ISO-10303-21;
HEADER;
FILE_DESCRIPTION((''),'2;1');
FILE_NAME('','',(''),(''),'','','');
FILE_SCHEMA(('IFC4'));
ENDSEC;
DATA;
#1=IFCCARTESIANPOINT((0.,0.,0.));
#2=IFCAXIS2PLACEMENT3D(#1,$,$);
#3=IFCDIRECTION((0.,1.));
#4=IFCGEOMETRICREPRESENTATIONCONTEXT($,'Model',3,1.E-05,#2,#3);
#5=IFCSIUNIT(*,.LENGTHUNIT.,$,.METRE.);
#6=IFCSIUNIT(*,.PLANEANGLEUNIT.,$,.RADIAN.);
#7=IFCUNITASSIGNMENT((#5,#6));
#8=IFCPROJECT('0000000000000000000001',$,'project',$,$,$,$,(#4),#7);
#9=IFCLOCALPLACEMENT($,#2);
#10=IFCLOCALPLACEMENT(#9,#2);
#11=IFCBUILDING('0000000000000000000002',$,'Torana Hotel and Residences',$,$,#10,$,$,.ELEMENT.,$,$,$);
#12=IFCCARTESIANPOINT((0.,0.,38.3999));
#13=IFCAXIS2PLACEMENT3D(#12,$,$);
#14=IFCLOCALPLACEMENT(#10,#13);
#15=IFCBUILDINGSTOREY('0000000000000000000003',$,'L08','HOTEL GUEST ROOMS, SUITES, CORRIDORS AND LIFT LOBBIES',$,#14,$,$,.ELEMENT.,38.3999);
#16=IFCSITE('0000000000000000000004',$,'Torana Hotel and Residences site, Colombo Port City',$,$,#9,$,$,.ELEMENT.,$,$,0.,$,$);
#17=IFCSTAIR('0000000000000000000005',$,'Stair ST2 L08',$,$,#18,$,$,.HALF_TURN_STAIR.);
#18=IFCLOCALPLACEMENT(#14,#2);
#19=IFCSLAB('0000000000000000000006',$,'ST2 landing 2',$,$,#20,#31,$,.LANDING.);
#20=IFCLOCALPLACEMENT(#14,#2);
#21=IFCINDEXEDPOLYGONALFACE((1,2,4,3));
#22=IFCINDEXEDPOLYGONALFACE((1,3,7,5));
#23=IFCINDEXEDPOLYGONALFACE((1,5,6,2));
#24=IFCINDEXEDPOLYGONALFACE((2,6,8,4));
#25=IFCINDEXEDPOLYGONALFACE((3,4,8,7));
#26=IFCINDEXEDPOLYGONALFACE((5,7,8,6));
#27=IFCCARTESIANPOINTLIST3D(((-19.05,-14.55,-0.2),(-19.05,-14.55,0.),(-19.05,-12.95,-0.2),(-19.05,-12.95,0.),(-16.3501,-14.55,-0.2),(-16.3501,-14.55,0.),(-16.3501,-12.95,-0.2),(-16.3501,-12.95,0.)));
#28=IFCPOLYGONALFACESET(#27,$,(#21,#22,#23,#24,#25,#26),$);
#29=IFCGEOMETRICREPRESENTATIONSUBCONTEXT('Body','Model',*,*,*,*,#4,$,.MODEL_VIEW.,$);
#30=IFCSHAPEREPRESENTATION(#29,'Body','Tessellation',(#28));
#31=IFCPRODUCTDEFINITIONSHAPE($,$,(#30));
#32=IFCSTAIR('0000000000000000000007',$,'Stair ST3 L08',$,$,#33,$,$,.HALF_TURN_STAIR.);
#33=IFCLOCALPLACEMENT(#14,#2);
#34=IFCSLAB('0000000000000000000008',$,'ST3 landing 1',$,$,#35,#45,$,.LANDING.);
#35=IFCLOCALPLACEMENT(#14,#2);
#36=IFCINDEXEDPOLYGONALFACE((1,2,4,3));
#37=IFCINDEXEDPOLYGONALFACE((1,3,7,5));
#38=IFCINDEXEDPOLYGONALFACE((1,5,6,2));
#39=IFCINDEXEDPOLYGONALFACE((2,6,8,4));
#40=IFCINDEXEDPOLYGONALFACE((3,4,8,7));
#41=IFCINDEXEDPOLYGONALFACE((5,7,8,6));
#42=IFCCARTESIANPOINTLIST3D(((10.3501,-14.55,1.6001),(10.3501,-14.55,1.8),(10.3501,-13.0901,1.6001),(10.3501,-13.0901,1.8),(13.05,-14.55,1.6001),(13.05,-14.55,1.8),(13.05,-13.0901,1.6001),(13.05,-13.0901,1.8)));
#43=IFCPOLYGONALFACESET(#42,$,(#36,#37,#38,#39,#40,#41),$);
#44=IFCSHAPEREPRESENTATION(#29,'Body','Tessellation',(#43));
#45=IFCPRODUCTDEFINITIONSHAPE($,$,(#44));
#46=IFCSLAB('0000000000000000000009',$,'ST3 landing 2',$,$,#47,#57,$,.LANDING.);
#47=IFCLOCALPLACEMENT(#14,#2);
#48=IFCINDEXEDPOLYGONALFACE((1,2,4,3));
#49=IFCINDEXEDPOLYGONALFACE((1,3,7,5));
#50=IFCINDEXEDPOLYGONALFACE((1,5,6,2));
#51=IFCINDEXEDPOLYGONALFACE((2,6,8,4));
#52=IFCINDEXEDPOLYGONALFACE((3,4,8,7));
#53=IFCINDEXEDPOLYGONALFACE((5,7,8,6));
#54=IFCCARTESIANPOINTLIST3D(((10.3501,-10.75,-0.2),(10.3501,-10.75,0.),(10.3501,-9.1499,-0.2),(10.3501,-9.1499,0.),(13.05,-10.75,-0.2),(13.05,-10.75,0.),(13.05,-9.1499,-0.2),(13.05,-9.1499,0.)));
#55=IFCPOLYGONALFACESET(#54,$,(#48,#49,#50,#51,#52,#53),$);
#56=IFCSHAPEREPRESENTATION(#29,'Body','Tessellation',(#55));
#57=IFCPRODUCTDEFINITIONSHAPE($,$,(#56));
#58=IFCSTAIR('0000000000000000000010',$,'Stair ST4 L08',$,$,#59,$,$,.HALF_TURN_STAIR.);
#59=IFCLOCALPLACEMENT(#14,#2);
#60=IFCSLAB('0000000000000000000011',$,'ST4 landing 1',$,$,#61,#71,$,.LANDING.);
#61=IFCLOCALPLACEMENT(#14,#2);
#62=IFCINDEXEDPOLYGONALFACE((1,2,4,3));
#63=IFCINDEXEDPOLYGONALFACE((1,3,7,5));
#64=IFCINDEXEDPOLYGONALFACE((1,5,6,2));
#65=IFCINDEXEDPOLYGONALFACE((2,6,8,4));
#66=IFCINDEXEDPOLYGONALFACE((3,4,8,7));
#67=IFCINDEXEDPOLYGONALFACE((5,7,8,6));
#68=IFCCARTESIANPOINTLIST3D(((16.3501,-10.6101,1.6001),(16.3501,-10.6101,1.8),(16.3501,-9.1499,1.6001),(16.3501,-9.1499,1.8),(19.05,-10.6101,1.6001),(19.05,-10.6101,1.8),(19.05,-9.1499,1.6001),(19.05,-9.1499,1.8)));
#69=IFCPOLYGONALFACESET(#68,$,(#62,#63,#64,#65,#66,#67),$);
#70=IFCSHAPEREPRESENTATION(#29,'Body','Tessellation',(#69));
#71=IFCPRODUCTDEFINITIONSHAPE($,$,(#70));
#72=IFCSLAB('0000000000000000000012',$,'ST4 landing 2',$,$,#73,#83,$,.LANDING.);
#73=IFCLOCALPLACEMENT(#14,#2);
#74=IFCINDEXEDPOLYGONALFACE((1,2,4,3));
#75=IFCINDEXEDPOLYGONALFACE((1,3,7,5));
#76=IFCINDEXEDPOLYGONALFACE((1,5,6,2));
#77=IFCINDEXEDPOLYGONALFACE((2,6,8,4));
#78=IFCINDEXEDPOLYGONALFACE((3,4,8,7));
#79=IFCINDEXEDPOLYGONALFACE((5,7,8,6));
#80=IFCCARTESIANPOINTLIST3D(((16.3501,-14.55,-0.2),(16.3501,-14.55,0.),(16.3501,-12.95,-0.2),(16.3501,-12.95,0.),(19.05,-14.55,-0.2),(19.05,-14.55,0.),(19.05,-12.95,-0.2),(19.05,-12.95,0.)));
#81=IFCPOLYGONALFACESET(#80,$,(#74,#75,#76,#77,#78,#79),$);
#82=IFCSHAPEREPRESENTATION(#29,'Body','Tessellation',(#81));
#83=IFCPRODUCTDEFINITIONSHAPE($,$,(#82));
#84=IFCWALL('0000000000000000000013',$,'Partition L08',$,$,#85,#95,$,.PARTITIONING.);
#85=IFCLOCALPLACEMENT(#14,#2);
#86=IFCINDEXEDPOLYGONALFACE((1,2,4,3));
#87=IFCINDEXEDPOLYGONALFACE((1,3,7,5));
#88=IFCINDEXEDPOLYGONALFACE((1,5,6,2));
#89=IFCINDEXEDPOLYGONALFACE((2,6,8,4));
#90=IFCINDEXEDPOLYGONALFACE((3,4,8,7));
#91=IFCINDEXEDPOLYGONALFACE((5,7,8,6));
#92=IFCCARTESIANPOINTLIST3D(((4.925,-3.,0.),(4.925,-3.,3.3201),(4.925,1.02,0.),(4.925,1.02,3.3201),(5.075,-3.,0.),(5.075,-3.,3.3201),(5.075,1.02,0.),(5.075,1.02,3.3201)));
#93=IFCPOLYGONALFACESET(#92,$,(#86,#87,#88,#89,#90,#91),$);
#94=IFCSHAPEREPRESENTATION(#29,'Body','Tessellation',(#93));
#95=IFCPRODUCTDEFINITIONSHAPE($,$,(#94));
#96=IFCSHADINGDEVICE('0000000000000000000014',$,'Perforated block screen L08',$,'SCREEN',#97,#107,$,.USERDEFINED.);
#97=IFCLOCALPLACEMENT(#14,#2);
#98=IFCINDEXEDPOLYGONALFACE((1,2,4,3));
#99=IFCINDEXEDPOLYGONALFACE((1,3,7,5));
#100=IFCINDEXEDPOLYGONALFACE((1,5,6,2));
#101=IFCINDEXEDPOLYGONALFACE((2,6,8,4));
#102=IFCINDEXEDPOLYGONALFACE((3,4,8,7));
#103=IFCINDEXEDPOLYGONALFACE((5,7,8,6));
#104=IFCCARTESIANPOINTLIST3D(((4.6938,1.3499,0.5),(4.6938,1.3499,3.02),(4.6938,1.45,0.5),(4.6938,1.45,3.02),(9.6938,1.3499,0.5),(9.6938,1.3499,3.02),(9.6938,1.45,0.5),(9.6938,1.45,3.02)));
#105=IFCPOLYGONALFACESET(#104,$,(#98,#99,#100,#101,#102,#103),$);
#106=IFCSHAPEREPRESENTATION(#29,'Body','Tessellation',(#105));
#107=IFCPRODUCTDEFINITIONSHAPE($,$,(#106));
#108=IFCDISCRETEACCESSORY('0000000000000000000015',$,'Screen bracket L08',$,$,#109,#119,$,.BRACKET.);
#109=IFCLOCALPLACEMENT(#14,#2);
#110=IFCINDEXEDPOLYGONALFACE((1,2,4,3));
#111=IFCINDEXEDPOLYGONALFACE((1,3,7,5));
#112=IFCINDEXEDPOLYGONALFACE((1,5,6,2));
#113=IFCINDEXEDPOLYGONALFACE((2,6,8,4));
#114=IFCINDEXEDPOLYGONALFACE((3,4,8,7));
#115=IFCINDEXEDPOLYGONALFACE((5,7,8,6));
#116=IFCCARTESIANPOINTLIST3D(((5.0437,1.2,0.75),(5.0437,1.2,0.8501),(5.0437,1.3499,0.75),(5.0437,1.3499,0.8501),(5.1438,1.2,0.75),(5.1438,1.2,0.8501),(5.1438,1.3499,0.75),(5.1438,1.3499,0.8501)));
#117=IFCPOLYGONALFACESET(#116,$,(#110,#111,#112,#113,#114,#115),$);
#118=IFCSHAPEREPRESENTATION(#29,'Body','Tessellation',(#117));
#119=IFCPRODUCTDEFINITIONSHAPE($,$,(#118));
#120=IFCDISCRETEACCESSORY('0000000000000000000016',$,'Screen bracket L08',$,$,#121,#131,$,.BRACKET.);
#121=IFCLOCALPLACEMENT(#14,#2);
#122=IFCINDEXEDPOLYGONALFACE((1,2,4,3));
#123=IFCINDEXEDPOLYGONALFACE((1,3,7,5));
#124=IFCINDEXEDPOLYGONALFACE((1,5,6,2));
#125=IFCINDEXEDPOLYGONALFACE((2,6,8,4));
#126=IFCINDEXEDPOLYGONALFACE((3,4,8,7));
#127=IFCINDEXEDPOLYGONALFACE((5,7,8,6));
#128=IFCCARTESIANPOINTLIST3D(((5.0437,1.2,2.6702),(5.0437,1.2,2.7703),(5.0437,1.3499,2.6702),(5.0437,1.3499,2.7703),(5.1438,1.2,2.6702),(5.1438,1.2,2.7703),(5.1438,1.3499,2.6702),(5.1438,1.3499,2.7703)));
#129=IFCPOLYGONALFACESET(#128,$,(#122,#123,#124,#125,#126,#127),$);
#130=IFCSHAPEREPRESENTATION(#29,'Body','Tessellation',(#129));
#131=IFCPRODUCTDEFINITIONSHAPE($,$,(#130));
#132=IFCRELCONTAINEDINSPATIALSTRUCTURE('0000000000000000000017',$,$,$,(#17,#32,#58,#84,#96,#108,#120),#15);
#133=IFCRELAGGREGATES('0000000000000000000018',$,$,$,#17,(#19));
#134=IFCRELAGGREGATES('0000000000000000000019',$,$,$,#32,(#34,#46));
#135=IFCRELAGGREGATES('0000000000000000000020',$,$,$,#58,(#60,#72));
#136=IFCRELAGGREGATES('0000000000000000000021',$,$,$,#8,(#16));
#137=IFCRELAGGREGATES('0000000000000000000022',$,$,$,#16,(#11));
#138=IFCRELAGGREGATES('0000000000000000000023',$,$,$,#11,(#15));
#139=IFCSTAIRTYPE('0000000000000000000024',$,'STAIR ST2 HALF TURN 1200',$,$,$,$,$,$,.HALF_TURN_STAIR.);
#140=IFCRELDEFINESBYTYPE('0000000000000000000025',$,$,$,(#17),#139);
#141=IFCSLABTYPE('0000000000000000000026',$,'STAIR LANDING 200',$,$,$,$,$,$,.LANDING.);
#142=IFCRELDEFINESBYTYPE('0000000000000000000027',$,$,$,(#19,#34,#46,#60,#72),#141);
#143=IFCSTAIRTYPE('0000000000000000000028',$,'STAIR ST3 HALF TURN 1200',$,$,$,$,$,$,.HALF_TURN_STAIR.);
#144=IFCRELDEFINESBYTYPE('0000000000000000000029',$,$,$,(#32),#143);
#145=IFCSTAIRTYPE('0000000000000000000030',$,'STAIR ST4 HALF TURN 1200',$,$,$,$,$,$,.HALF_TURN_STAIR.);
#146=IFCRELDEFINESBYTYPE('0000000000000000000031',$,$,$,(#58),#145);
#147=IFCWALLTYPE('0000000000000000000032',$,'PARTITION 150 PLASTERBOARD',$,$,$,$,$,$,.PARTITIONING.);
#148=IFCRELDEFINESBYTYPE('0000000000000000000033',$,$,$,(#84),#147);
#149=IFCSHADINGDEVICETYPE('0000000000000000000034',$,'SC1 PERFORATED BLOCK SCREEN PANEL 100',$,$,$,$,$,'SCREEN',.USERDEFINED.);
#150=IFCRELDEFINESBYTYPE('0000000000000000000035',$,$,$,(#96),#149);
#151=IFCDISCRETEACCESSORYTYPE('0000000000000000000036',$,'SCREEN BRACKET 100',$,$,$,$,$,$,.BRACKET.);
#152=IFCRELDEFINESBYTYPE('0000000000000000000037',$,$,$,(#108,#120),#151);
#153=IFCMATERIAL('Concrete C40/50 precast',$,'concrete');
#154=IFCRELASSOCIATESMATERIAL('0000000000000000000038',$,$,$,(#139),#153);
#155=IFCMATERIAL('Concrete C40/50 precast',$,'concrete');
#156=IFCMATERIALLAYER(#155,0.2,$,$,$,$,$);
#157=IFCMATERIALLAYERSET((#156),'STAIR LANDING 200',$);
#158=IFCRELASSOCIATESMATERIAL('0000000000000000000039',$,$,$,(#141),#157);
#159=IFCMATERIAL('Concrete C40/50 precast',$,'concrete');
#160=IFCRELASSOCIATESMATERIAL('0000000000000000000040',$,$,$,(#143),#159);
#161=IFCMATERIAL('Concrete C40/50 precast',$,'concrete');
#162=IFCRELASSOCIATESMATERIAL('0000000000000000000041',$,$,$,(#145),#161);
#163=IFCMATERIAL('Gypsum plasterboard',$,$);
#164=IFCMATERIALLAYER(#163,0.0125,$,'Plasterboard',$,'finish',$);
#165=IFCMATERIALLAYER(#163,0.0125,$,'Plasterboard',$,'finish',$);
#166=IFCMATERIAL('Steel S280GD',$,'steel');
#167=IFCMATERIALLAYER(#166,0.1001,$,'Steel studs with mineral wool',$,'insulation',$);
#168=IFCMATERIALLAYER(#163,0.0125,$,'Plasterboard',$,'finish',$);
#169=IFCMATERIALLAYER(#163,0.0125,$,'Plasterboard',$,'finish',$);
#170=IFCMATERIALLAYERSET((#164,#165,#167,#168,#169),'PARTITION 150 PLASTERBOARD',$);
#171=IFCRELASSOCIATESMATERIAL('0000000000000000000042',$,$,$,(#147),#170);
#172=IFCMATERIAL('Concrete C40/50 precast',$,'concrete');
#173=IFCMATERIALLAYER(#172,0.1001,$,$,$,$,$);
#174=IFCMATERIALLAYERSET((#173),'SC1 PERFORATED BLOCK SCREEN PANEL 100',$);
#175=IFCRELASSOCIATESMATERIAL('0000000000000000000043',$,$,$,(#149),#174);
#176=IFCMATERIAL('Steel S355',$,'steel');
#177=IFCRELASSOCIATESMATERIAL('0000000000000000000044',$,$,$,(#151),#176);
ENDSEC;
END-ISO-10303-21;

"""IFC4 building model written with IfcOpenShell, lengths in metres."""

from ifc_helpers import new_model, si_unit, direction, frame, frame_2d, origin, origin_2d, place, context, subcontext, project, spatial, polyline, rectangle, outline, extrude, material, layer, layer_set, type_object, element, aggregate, save


model = new_model("IFC4")

# Units and contexts
model_context = context("Model", 3, precision=1e-05, world=origin(), true_north=direction((0.0, 1.0)))
body_context = subcontext(model_context, "Body", "Model", "MODEL_VIEW")
ifc_project = project(units=[si_unit("LENGTHUNIT", "METRE"), si_unit("PLANEANGLEUNIT", "RADIAN")], contexts=[model_context])

# Site, building, storey
site_placement = place(None, origin())
site = spatial("IfcSite", under=ifc_project, at=site_placement, Name="Torana Hotel and Residences site, Colombo Port City", CompositionType="ELEMENT", RefElevation=0.0)
building_placement = place(site_placement, origin())
building = spatial("IfcBuilding", under=site, at=building_placement, Name="Torana Hotel and Residences", CompositionType="ELEMENT")
storey_placement = place(building_placement, frame((0.0, 0.0, 38.3999)))
storey = spatial("IfcBuildingStorey", under=building, at=storey_placement, Name="L08", Description="HOTEL GUEST ROOMS, SUITES, CORRIDORS AND LIFT LOBBIES", CompositionType="ELEMENT", Elevation=38.3999)

# Stair, slab
ifc_material_1 = material(Name="Concrete C40/50 precast", Category="concrete")
stair_type_1 = type_object("IfcStairType", Name="STAIR ST2 HALF TURN 1200", PredefinedType="HALF_TURN_STAIR", material=ifc_material_1)
stair_1_placement = place(storey_placement, origin())
stair_1 = element("IfcStair", 1, at=stair_1_placement, inside=storey, type_object=stair_type_1, Name="Stair ST2 L08", PredefinedType="HALF_TURN_STAIR")
ifc_material_2 = material(Name="Concrete C40/50 precast", Category="concrete")
ifc_layer_1 = layer(ifc_material_2, 0.2)
ifc_layer_set_1 = layer_set([ifc_layer_1], Name="STAIR LANDING 200")
slab_type = type_object("IfcSlabType", Name="STAIR LANDING 200", PredefinedType="LANDING", material=ifc_layer_set_1)
slab_1_placement = place(storey_placement, frame((0.0, 0.0, -0.2)))
slab_1 = element("IfcSlab", 2, at=slab_1_placement, type_object=slab_type, Name="ST2 landing 2", PredefinedType="LANDING", context=body_context, shape_type="SweptSolid", body=[
    extrude(outline(polyline([(-19.05, -14.55), (-16.3501, -14.55), (-16.3501, -12.95), (-19.05, -12.95), (-19.05, -14.55)])), origin(), (0.0, 0.0, 1.0), 0.2),
])
aggregate(stair_1, [slab_1])

# Stairs, slabs
ifc_material_3 = material(Name="Concrete C40/50 precast", Category="concrete")
stair_type_2 = type_object("IfcStairType", Name="STAIR ST3 HALF TURN 1200", PredefinedType="HALF_TURN_STAIR", material=ifc_material_3)
stair_2_placement = place(storey_placement, origin())
stair_2 = element("IfcStair", 3, at=stair_2_placement, inside=storey, type_object=stair_type_2, Name="Stair ST3 L08", PredefinedType="HALF_TURN_STAIR")
slab_2_placement = place(storey_placement, frame((0.0, 0.0, 1.6001)))
slab_2 = element("IfcSlab", 4, at=slab_2_placement, type_object=slab_type, Name="ST3 landing 1", PredefinedType="LANDING", context=body_context, shape_type="SweptSolid", body=[
    extrude(outline(polyline([(10.3501, -14.55), (13.05, -14.55), (13.05, -13.0901), (10.3501, -13.0901), (10.3501, -14.55)])), origin(), (0.0, 0.0, 1.0), 0.2),
])
slab_3_placement = place(storey_placement, frame((0.0, 0.0, -0.2)))
slab_3 = element("IfcSlab", 5, at=slab_3_placement, type_object=slab_type, Name="ST3 landing 2", PredefinedType="LANDING", context=body_context, shape_type="SweptSolid", body=[
    extrude(outline(polyline([(10.3501, -10.75), (13.05, -10.75), (13.05, -9.1499), (10.3501, -9.1499), (10.3501, -10.75)])), origin(), (0.0, 0.0, 1.0), 0.2),
])
aggregate(stair_2, [slab_2, slab_3])
ifc_material_4 = material(Name="Concrete C40/50 precast", Category="concrete")
stair_type_3 = type_object("IfcStairType", Name="STAIR ST4 HALF TURN 1200", PredefinedType="HALF_TURN_STAIR", material=ifc_material_4)
stair_3_placement = place(storey_placement, origin())
stair_3 = element("IfcStair", 6, at=stair_3_placement, inside=storey, type_object=stair_type_3, Name="Stair ST4 L08", PredefinedType="HALF_TURN_STAIR")
slab_4_placement = place(storey_placement, frame((0.0, 0.0, 1.6001)))
slab_4 = element("IfcSlab", 7, at=slab_4_placement, type_object=slab_type, Name="ST4 landing 1", PredefinedType="LANDING", context=body_context, shape_type="SweptSolid", body=[
    extrude(outline(polyline([(16.3501, -10.6101), (19.05, -10.6101), (19.05, -9.1499), (16.3501, -9.1499), (16.3501, -10.6101)])), origin(), (0.0, 0.0, 1.0), 0.2),
])
slab_5_placement = place(storey_placement, frame((0.0, 0.0, -0.2)))
slab_5 = element("IfcSlab", 8, at=slab_5_placement, type_object=slab_type, Name="ST4 landing 2", PredefinedType="LANDING", context=body_context, shape_type="SweptSolid", body=[
    extrude(outline(polyline([(16.3501, -14.55), (19.05, -14.55), (19.05, -12.95), (16.3501, -12.95), (16.3501, -14.55)])), origin(), (0.0, 0.0, 1.0), 0.2),
])
aggregate(stair_3, [slab_4, slab_5])

# Wall
ifc_material_5 = material(Name="Gypsum plasterboard")
ifc_layer_2 = layer(ifc_material_5, 0.0125, Name="Plasterboard", Category="finish")
ifc_layer_3 = layer(ifc_material_5, 0.0125, Name="Plasterboard", Category="finish")
ifc_material_6 = material(Name="Steel S280GD", Category="steel")
ifc_layer_4 = layer(ifc_material_6, 0.1001, Name="Steel studs with mineral wool", Category="insulation")
ifc_layer_5 = layer(ifc_material_5, 0.0125, Name="Plasterboard", Category="finish")
ifc_layer_6 = layer(ifc_material_5, 0.0125, Name="Plasterboard", Category="finish")
ifc_layer_set_2 = layer_set([ifc_layer_2, ifc_layer_3, ifc_layer_4, ifc_layer_5, ifc_layer_6], Name="PARTITION 150 PLASTERBOARD")
wall_type = type_object("IfcWallType", Name="PARTITION 150 PLASTERBOARD", PredefinedType="PARTITIONING", material=ifc_layer_set_2)
wall_placement = place(storey_placement, frame((5.0, -3.0, 0.0), z_axis=(0.0, 0.0, 1.0), x_axis=(0.0, 1.0, 0.0)))
element("IfcWall", 9, at=wall_placement, inside=storey, type_object=wall_type, Name="Partition L08", PredefinedType="PARTITIONING", context=body_context, shape_type="SweptSolid", body=[
    extrude(rectangle(XDim=4.02, YDim=0.1499, at=frame_2d((2.01, 0.0))), origin(), (0.0, 0.0, 1.0), 3.3201),
])

# Shading device
ifc_material_7 = material(Name="Concrete C40/50 precast", Category="concrete")
ifc_layer_7 = layer(ifc_material_7, 0.1001)
ifc_layer_set_3 = layer_set([ifc_layer_7], Name="SC1 PERFORATED BLOCK SCREEN PANEL 100")
shading_device_type = type_object("IfcShadingDeviceType", Name="SC1 PERFORATED BLOCK SCREEN PANEL 100", ElementType="SCREEN", PredefinedType="USERDEFINED", material=ifc_layer_set_3)
shading_device_placement = place(storey_placement, frame((7.1938, 1.3999, 0.5), z_axis=(0.0, 0.0, 1.0), x_axis=(-1.0, 0.0, 0.0)))
element("IfcShadingDevice", 10, at=shading_device_placement, inside=storey, type_object=shading_device_type, Name="Perforated block screen L08", ObjectType="SCREEN", PredefinedType="USERDEFINED", context=body_context, shape_type="SweptSolid", body=[
    extrude(rectangle(XDim=5.0, YDim=0.1001, at=origin_2d()), origin(), (0.0, 0.0, 1.0), 2.52),
])

# Discrete accessories
ifc_material_8 = material(Name="Steel S355", Category="steel")
discrete_accessory_type = type_object("IfcDiscreteAccessoryType", Name="SCREEN BRACKET 100", PredefinedType="BRACKET", material=ifc_material_8)
for number, where, z_axis, x_axis, name in (
    (11, (5.0938, 1.2749, 0.75), (0.0, 0.0, 1.0), (-1.0, 0.0, 0.0), "Screen bracket L08"),
    (12, (5.0938, 1.2749, 2.6702), (0.0, 0.0, 1.0), (-1.0, 0.0, 0.0), "Screen bracket L08"),
):
    element("IfcDiscreteAccessory", number, at=place(storey_placement, frame(where, z_axis=z_axis, x_axis=x_axis)), inside=storey, type_object=discrete_accessory_type, Name=name, PredefinedType="BRACKET", context=body_context, shape_type="SweptSolid", body=[
        extrude(rectangle(XDim=0.1001, YDim=0.1499, at=origin_2d()), origin(), (0.0, 0.0, 1.0), 0.1001),
    ])

save(model, "model.ifc")
